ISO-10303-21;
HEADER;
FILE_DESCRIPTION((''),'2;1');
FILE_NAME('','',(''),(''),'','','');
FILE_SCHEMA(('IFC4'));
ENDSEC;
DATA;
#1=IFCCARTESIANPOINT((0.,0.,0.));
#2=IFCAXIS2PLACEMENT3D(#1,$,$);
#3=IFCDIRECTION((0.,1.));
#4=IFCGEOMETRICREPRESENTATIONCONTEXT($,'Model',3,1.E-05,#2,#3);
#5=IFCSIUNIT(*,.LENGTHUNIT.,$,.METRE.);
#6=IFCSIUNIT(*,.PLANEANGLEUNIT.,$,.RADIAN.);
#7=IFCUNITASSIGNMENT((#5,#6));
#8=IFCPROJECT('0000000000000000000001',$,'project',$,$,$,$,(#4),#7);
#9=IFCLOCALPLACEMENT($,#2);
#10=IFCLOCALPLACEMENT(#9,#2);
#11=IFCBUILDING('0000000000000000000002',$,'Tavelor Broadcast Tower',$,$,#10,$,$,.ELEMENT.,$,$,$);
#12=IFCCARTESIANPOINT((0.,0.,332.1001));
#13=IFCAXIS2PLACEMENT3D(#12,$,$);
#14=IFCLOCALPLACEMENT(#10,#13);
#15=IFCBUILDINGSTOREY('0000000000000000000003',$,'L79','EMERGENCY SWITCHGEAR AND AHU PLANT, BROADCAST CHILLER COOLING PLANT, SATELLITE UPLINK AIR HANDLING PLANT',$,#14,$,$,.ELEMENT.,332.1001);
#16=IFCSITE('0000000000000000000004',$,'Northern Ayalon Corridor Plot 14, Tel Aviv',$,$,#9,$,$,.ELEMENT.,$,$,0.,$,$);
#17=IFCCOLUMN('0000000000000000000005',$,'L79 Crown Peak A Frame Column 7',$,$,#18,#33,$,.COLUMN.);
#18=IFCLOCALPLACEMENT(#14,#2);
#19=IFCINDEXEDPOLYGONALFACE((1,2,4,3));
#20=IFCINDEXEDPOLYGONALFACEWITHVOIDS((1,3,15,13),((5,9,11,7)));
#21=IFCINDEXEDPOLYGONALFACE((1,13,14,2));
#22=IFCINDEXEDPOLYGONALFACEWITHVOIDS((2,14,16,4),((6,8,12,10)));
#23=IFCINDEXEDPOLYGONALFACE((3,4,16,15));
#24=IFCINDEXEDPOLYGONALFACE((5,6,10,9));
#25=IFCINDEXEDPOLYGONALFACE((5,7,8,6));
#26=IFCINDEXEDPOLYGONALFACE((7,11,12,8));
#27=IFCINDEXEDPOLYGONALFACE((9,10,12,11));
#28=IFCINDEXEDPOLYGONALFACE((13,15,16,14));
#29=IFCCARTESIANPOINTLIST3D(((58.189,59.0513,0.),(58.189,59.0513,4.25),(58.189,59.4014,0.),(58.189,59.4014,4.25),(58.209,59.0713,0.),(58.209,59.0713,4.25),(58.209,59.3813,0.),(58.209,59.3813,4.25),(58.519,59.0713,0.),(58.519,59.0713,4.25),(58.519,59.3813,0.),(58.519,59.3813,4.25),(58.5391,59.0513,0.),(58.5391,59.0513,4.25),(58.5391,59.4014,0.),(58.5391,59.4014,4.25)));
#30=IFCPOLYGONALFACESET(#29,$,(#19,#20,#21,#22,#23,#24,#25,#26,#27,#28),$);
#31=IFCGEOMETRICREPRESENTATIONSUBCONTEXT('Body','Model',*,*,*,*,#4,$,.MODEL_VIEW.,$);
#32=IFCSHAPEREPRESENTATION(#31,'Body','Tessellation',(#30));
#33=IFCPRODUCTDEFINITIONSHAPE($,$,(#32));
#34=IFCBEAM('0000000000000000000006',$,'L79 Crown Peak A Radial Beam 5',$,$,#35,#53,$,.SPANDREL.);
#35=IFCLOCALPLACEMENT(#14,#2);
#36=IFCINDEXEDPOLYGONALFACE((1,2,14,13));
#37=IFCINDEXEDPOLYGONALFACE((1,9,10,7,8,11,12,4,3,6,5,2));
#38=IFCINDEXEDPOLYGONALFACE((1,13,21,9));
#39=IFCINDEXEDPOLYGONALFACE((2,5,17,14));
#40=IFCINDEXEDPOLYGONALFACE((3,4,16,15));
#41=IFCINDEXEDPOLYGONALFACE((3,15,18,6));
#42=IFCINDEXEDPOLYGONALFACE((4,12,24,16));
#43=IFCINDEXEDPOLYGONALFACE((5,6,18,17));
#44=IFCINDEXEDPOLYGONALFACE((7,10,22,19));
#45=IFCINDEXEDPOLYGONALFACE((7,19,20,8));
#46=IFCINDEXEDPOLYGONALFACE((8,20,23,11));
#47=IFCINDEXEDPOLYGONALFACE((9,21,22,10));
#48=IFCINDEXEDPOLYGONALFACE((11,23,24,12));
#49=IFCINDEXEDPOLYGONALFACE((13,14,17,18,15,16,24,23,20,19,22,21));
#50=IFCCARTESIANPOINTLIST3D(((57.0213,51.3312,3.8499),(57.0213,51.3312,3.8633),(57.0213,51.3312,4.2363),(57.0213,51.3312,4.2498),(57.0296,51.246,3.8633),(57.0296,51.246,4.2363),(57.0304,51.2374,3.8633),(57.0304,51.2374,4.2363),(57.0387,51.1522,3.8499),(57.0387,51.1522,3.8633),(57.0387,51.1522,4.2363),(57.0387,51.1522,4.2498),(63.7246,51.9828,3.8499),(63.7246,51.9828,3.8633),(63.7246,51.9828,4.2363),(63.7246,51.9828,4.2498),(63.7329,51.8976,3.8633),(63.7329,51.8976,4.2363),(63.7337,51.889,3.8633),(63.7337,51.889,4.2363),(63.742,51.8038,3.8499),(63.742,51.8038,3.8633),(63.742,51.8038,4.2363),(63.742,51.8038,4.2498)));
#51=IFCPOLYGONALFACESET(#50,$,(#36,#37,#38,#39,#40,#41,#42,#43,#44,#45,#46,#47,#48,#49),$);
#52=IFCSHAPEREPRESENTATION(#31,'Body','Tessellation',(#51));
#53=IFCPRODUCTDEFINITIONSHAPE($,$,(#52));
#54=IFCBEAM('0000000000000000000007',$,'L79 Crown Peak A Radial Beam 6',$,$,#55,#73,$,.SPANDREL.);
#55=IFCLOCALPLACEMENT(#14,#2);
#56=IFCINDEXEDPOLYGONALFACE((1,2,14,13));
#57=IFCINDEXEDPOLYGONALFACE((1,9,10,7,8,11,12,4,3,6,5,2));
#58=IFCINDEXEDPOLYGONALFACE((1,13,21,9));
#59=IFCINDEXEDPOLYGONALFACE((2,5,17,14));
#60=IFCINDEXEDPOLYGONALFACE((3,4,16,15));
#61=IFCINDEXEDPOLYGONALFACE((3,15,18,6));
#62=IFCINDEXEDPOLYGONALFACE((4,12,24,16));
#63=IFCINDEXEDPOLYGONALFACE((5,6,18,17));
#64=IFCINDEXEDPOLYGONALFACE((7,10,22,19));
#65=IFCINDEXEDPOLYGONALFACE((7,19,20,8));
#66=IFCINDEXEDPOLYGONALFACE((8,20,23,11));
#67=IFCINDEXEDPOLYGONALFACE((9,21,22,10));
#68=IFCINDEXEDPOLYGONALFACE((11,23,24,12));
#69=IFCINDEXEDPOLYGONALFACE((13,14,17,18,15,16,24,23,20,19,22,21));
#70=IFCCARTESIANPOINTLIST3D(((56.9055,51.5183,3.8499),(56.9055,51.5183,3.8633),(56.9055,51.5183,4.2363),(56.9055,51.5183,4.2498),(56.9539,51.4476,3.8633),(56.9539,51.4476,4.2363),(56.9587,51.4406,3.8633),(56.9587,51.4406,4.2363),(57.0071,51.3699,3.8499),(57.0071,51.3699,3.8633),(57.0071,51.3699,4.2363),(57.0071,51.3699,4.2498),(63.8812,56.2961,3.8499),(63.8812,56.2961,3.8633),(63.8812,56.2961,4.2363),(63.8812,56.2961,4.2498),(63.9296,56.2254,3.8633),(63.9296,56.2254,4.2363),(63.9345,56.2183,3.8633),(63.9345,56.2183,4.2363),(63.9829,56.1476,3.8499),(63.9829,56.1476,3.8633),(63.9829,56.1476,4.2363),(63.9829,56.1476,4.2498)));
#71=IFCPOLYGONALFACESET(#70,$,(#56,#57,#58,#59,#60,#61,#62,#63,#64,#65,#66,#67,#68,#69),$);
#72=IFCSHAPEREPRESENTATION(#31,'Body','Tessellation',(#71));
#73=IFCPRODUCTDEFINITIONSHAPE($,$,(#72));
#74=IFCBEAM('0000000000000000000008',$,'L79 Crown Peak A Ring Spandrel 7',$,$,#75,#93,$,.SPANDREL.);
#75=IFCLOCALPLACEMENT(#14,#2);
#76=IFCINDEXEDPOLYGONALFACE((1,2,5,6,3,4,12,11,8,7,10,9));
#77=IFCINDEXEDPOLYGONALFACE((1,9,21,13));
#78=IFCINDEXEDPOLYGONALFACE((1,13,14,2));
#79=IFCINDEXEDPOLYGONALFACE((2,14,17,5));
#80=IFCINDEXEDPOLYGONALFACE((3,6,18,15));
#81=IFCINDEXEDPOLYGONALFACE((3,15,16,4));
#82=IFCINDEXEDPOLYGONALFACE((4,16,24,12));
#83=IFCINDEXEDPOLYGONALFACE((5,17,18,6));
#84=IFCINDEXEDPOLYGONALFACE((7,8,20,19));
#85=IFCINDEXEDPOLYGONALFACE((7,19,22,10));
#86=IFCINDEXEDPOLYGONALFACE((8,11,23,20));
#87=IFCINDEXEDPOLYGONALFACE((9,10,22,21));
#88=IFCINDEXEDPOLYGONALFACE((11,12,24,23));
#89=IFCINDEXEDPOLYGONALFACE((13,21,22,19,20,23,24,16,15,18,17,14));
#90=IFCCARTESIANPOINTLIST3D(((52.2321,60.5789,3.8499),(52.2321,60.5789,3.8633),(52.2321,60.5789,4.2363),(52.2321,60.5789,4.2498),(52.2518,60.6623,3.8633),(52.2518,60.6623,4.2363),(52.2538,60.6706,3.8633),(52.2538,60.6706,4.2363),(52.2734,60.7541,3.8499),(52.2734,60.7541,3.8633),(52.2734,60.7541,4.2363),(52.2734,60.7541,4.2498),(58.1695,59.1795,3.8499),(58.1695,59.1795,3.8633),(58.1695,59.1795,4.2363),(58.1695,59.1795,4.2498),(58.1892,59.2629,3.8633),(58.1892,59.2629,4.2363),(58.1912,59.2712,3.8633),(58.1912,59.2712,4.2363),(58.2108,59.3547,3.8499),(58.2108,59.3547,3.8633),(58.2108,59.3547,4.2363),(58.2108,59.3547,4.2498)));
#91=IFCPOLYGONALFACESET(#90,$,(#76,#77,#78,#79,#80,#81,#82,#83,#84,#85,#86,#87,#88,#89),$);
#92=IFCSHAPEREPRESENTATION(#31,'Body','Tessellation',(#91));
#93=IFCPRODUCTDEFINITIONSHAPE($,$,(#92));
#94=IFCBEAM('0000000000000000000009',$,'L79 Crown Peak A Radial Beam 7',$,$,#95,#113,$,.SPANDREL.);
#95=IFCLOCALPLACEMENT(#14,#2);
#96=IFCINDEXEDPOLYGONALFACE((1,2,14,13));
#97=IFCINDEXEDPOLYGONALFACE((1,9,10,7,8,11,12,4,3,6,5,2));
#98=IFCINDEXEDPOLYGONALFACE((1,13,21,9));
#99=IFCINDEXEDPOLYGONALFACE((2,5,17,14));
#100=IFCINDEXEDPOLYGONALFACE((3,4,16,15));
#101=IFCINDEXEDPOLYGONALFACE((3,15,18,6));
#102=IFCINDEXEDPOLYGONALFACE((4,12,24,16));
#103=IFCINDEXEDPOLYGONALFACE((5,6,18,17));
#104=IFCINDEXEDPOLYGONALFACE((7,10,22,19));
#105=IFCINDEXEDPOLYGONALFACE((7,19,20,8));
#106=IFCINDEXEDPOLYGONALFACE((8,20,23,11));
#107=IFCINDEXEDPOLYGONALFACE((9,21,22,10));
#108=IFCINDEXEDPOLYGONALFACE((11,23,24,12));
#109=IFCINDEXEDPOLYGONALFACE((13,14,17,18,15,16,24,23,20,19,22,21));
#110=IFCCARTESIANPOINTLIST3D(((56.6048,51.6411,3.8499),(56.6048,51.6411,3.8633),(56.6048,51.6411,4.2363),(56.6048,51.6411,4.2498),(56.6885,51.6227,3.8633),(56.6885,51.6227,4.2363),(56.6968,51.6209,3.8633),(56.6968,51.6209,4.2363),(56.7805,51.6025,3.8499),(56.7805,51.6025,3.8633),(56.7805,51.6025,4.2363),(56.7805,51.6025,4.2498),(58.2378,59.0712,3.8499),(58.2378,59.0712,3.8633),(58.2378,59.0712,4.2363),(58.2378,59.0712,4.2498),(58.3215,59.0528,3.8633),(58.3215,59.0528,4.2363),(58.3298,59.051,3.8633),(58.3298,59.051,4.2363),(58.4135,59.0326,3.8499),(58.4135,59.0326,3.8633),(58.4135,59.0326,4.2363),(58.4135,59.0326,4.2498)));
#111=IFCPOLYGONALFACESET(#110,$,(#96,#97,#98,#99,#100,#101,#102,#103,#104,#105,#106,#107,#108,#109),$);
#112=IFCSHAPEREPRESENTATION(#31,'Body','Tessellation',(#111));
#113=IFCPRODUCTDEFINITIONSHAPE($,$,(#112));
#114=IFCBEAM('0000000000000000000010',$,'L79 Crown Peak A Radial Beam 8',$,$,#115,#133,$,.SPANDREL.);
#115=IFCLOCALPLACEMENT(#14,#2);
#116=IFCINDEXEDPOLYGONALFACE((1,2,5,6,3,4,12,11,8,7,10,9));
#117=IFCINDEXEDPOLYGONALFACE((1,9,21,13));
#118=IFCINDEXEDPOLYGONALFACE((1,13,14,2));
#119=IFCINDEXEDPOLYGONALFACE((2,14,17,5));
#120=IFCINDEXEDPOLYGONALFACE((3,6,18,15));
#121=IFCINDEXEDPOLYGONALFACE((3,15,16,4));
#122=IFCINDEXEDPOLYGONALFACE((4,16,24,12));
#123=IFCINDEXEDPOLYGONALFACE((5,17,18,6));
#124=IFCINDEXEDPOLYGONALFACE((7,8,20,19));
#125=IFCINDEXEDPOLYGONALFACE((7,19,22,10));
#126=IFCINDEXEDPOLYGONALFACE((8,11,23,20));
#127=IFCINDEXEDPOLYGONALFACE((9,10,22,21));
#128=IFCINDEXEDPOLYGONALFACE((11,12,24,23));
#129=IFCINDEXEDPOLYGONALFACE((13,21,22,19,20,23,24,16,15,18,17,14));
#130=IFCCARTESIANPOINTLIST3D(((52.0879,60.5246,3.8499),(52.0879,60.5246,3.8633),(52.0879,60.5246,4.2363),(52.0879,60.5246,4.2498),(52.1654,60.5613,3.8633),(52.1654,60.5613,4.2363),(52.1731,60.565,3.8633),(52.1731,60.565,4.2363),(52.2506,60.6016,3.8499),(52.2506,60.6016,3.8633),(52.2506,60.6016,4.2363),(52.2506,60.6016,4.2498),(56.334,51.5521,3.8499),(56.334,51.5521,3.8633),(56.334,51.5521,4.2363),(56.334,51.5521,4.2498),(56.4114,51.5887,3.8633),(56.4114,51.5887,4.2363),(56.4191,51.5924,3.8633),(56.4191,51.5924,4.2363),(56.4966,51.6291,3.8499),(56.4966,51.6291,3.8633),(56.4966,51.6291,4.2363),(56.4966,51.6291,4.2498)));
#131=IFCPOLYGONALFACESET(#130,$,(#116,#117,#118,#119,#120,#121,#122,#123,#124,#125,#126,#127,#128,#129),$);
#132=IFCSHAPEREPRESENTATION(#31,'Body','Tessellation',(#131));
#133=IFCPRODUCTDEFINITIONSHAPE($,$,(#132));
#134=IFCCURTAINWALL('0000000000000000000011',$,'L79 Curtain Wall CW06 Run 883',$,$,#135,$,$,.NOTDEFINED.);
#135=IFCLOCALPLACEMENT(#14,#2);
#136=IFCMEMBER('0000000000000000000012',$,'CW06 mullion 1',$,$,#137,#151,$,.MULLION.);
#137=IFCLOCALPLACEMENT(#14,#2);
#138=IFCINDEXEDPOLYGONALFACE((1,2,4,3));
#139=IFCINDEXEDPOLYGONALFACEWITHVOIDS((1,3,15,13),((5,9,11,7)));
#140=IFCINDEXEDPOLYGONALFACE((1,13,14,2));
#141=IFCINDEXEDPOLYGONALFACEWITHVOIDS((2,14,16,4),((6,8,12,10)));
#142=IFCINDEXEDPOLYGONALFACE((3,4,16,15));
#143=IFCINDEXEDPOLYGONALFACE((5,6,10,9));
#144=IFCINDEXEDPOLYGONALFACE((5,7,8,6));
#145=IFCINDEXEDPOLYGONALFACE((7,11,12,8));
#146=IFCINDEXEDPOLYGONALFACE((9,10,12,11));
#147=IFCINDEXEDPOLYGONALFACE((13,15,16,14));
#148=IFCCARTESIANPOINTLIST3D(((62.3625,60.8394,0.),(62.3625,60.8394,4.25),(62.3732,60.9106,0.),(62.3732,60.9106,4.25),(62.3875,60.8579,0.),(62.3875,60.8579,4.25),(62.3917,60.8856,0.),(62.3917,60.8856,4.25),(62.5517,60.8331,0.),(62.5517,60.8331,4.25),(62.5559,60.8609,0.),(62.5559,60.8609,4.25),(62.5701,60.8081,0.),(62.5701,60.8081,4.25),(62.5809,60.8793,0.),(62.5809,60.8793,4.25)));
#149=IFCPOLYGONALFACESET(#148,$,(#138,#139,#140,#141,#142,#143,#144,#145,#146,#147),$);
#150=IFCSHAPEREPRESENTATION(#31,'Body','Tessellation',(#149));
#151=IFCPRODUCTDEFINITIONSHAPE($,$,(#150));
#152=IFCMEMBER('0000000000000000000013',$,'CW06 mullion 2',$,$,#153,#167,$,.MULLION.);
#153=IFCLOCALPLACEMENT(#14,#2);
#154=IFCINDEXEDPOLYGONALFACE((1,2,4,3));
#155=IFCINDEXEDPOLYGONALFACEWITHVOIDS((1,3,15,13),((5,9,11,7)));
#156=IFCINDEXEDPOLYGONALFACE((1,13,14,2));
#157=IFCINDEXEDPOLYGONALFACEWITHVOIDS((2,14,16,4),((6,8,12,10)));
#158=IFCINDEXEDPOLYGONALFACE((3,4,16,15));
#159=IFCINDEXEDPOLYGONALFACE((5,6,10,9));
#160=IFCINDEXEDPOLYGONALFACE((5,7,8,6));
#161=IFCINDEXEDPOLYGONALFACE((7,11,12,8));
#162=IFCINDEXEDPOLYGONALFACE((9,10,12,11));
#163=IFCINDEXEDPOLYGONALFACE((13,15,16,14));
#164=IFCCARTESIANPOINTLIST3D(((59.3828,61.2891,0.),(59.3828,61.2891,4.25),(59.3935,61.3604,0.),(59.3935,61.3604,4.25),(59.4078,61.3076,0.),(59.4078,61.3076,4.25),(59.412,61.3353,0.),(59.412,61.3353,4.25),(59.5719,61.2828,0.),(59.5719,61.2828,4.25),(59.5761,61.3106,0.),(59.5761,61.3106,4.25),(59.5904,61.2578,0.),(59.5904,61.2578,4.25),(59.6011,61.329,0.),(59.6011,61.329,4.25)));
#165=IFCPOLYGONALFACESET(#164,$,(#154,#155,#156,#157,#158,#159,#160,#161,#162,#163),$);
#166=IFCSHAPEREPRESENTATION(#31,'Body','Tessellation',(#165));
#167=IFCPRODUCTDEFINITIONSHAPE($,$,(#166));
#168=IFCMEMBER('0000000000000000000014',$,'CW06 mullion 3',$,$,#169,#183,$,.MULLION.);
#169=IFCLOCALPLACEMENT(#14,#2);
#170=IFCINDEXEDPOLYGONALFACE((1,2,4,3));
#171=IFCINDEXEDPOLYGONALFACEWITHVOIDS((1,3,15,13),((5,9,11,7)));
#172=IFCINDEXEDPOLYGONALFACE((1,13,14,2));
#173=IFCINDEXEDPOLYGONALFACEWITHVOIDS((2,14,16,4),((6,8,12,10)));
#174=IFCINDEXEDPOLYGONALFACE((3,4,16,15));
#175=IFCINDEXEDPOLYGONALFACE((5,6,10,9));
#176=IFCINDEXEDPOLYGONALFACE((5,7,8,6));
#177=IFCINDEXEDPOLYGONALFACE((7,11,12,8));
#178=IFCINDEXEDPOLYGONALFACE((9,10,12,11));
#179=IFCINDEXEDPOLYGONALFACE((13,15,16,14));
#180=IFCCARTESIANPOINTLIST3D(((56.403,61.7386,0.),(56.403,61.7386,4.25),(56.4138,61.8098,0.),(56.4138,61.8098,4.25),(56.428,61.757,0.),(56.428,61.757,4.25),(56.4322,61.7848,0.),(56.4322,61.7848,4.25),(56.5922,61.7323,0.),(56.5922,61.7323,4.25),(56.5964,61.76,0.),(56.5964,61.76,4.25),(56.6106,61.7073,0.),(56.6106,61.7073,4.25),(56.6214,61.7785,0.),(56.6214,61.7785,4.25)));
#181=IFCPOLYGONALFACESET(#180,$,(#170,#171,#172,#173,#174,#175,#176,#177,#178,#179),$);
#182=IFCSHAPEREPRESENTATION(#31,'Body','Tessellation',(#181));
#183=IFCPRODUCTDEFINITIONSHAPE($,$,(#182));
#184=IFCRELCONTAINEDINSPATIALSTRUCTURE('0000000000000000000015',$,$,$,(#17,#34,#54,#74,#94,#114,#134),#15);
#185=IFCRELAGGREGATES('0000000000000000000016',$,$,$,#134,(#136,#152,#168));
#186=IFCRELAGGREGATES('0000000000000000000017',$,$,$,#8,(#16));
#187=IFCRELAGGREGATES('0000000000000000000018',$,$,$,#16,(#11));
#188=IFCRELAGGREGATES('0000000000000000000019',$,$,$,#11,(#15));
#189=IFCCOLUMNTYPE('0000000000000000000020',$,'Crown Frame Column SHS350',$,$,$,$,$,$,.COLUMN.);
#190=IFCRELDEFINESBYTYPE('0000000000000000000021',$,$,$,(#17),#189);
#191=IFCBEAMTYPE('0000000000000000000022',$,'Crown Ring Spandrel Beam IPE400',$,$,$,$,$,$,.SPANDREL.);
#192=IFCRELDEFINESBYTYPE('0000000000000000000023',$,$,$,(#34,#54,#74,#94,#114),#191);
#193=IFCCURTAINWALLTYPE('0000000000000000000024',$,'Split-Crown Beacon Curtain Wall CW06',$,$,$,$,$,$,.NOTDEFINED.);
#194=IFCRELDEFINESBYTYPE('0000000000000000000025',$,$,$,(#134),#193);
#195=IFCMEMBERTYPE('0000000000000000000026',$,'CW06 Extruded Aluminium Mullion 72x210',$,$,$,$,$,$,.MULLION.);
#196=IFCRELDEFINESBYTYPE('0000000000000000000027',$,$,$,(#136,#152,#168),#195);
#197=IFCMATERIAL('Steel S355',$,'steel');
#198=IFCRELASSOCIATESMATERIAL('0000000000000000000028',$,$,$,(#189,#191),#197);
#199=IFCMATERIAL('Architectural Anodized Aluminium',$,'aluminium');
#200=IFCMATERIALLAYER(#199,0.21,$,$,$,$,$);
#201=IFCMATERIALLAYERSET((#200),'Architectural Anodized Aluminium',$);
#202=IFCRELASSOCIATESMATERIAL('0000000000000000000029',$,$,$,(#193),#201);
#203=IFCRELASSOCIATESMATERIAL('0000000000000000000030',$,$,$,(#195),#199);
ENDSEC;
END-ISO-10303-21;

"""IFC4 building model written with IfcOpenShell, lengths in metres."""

from ifc_helpers import new_model, si_unit, direction, frame, origin, origin_2d, place, context, subcontext, project, spatial, hollow_rectangle, i_section, extrude, source, transform, mapped, material, layer, layer_set, material_profile, profile_set, type_object, type_shapes, element, aggregate, save


model = new_model("IFC4")

# Units and contexts
model_context = context("Model", 3, precision=1e-05, world=origin(), true_north=direction((0.0, 1.0)))
body_context = subcontext(model_context, "Body", "Model", "MODEL_VIEW")
ifc_project = project(units=[si_unit("LENGTHUNIT", "METRE"), si_unit("PLANEANGLEUNIT", "RADIAN")], contexts=[model_context])

# Site, building, storey
site_placement = place(None, origin())
site = spatial("IfcSite", under=ifc_project, at=site_placement, Name="Northern Ayalon Corridor Plot 14, Tel Aviv", CompositionType="ELEMENT", RefElevation=0.0)
building_placement = place(site_placement, origin())
building = spatial("IfcBuilding", under=site, at=building_placement, Name="Tavelor Broadcast Tower", CompositionType="ELEMENT")
storey_placement = place(building_placement, frame((0.0, 0.0, 332.1001)))
storey = spatial("IfcBuildingStorey", under=building, at=storey_placement, Name="L79", Description="EMERGENCY SWITCHGEAR AND AHU PLANT, BROADCAST CHILLER COOLING PLANT, SATELLITE UPLINK AIR HANDLING PLANT", CompositionType="ELEMENT", Elevation=332.1001)

# Column
ifc_material_1 = material(Name="Steel S355", Category="steel")
ifc_material_profile_1 = material_profile(ifc_material_1, hollow_rectangle(XDim=0.3501, YDim=0.3501, WallThickness=0.02, at=origin_2d()), Name="SHS 350x350x20")
ifc_profile_set_1 = profile_set([ifc_material_profile_1], Name="Steel S355")
column_type = type_object("IfcColumnType", Name="Crown Frame Column SHS350", PredefinedType="COLUMN", material=ifc_profile_set_1)
column_placement = place(storey_placement, frame((58.364, 59.2263, 0.0), z_axis=(0.0, 0.0, 1.0), x_axis=(1.0, 0.0, 0.0)))
element("IfcColumn", 1, at=column_placement, inside=storey, type_object=column_type, Name="L79 Crown Peak A Frame Column 7", PredefinedType="COLUMN", context=body_context, shape_type="SweptSolid", body=[
    extrude(hollow_rectangle(XDim=0.3501, YDim=0.3501, WallThickness=0.02, at=origin_2d()), origin(), (0.0, 0.0, 1.0), 4.25),
])

# Beams
ifc_material_profile_2 = material_profile(ifc_material_1, i_section(OverallWidth=0.1799, OverallDepth=0.3999, WebThickness=0.0085, FlangeThickness=0.0134, at=origin_2d()), Name="IPE 400")
ifc_profile_set_2 = profile_set([ifc_material_profile_2], Name="Steel S355")
beam_type = type_object("IfcBeamType", Name="Crown Ring Spandrel Beam IPE400", PredefinedType="SPANDREL", material=ifc_profile_set_2)
beam_1_placement = place(storey_placement, frame((57.03, 51.2417, 4.0498), z_axis=(0.995309, 0.096751, 0.0), x_axis=(-0.096751, 0.995309, 0.0)))
element("IfcBeam", 2, at=beam_1_placement, inside=storey, type_object=beam_type, Name="L79 Crown Peak A Radial Beam 5", PredefinedType="SPANDREL", context=body_context, shape_type="SweptSolid", body=[
    extrude(i_section(OverallWidth=0.1799, OverallDepth=0.3999, WebThickness=0.0085, FlangeThickness=0.0134, at=origin_2d()), origin(), (0.0, 0.0, 1.0), 6.7349),
])
beam_2_placement = place(storey_placement, frame((56.9563, 51.4441, 4.0498), z_axis=(0.825037, 0.565078, 0.0), x_axis=(-0.565078, 0.825037, 0.0)))
element("IfcBeam", 3, at=beam_2_placement, inside=storey, type_object=beam_type, Name="L79 Crown Peak A Radial Beam 6", PredefinedType="SPANDREL", context=body_context, shape_type="SweptSolid", body=[
    extrude(i_section(OverallWidth=0.1799, OverallDepth=0.3999, WebThickness=0.0085, FlangeThickness=0.0134, at=origin_2d()), origin(), (0.0, 0.0, 1.0), 8.4551),
])
beam_3_placement = place(storey_placement, frame((58.1902, 59.2671, 4.0498), z_axis=(-0.973331, 0.229405, 0.0), x_axis=(-0.229405, -0.973331, 0.0)))
element("IfcBeam", 4, at=beam_3_placement, inside=storey, type_object=beam_type, Name="L79 Crown Peak A Ring Spandrel 7", PredefinedType="SPANDREL", context=body_context, shape_type="SweptSolid", body=[
    extrude(i_section(OverallWidth=0.1799, OverallDepth=0.3999, WebThickness=0.0085, FlangeThickness=0.0134, at=origin_2d()), origin(), (0.0, 0.0, 1.0), 6.1001),
])
beam_4_placement = place(storey_placement, frame((56.6926, 51.6218, 4.0498), z_axis=(0.214663, 0.976688, 0.0), x_axis=(-0.976688, 0.214663, 0.0)))
element("IfcBeam", 5, at=beam_4_placement, inside=storey, type_object=beam_type, Name="L79 Crown Peak A Radial Beam 7", PredefinedType="SPANDREL", context=body_context, shape_type="SweptSolid", body=[
    extrude(i_section(OverallWidth=0.1799, OverallDepth=0.3999, WebThickness=0.0085, FlangeThickness=0.0134, at=origin_2d()), origin(), (0.0, 0.0, 1.0), 7.6074),
])
beam_5_placement = place(storey_placement, frame((56.4153, 51.5906, 4.0498), z_axis=(-0.427748, 0.903898, 0.0), x_axis=(-0.903898, -0.427748, 0.0)))
element("IfcBeam", 6, at=beam_5_placement, inside=storey, type_object=beam_type, Name="L79 Crown Peak A Radial Beam 8", PredefinedType="SPANDREL", context=body_context, shape_type="SweptSolid", body=[
    extrude(i_section(OverallWidth=0.1799, OverallDepth=0.3999, WebThickness=0.0085, FlangeThickness=0.0134, at=origin_2d()), origin(), (0.0, 0.0, 1.0), 9.9265),
])

# Curtain wall, members
ifc_material_2 = material(Name="Architectural Anodized Aluminium", Category="aluminium")
ifc_layer_1 = layer(ifc_material_2, 0.21)
ifc_layer_set_1 = layer_set([ifc_layer_1], Name="Architectural Anodized Aluminium")
curtain_wall_type = type_object("IfcCurtainWallType", Name="Split-Crown Beacon Curtain Wall CW06", PredefinedType="NOTDEFINED", material=ifc_layer_set_1)
curtain_wall_1_placement = place(storey_placement, origin())
curtain_wall_1 = element("IfcCurtainWall", 7, at=curtain_wall_1_placement, inside=storey, type_object=curtain_wall_type, Name="L79 Curtain Wall CW06 Run 883", PredefinedType="NOTDEFINED")
ifc_material_profile_3 = material_profile(ifc_material_2, hollow_rectangle(XDim=0.072, YDim=0.21, WallThickness=0.022, at=origin_2d()), Name="RHS 72x210x22")
ifc_profile_set_3 = profile_set([ifc_material_profile_3], Name="Architectural Anodized Aluminium")
member_type_1 = type_object("IfcMemberType", Name="CW06 Extruded Aluminium Mullion 72x210", PredefinedType="MULLION", material=ifc_profile_set_3)
shared_shape_1 = source(origin(), body_context, "Body", "SweptSolid", [
    extrude(hollow_rectangle(XDim=0.072, YDim=0.21, WallThickness=0.022, at=origin_2d()), origin(), (0.0, 0.0, 1.0), 4.25),
])
type_shapes(member_type_1, [shared_shape_1])
member_1_placement = place(storey_placement, frame((62.4717, 60.8594, 0.0), z_axis=(0.0, 0.0, 1.0), x_axis=(-0.149206, -0.988806, 0.0)))
member_1 = element("IfcMember", 8, at=member_1_placement, type_object=member_type_1, Name="CW06 mullion 1", PredefinedType="MULLION", context=body_context, shape_type="MappedRepresentation", body=[
    mapped(shared_shape_1, transform((0.0, 0.0, 0.0), scale=1.0)),
])
member_2_placement = place(storey_placement, frame((59.4919, 61.3091, 0.0), z_axis=(0.0, 0.0, 1.0), x_axis=(-0.149206, -0.988806, 0.0)))
member_2 = element("IfcMember", 9, at=member_2_placement, type_object=member_type_1, Name="CW06 mullion 2", PredefinedType="MULLION", context=body_context, shape_type="MappedRepresentation", body=[
    mapped(shared_shape_1, transform((0.0, 0.0, 0.0), scale=1.0)),
])
member_3_placement = place(storey_placement, frame((56.5122, 61.7585, 0.0), z_axis=(0.0, 0.0, 1.0), x_axis=(-0.149206, -0.988806, 0.0)))
member_3 = element("IfcMember", 10, at=member_3_placement, type_object=member_type_1, Name="CW06 mullion 3", PredefinedType="MULLION", context=body_context, shape_type="MappedRepresentation", body=[
    mapped(shared_shape_1, transform((0.0, 0.0, 0.0), scale=1.0)),
])

aggregate(curtain_wall_1, [member_1, member_2, member_3])

save(model, "model.ifc")
